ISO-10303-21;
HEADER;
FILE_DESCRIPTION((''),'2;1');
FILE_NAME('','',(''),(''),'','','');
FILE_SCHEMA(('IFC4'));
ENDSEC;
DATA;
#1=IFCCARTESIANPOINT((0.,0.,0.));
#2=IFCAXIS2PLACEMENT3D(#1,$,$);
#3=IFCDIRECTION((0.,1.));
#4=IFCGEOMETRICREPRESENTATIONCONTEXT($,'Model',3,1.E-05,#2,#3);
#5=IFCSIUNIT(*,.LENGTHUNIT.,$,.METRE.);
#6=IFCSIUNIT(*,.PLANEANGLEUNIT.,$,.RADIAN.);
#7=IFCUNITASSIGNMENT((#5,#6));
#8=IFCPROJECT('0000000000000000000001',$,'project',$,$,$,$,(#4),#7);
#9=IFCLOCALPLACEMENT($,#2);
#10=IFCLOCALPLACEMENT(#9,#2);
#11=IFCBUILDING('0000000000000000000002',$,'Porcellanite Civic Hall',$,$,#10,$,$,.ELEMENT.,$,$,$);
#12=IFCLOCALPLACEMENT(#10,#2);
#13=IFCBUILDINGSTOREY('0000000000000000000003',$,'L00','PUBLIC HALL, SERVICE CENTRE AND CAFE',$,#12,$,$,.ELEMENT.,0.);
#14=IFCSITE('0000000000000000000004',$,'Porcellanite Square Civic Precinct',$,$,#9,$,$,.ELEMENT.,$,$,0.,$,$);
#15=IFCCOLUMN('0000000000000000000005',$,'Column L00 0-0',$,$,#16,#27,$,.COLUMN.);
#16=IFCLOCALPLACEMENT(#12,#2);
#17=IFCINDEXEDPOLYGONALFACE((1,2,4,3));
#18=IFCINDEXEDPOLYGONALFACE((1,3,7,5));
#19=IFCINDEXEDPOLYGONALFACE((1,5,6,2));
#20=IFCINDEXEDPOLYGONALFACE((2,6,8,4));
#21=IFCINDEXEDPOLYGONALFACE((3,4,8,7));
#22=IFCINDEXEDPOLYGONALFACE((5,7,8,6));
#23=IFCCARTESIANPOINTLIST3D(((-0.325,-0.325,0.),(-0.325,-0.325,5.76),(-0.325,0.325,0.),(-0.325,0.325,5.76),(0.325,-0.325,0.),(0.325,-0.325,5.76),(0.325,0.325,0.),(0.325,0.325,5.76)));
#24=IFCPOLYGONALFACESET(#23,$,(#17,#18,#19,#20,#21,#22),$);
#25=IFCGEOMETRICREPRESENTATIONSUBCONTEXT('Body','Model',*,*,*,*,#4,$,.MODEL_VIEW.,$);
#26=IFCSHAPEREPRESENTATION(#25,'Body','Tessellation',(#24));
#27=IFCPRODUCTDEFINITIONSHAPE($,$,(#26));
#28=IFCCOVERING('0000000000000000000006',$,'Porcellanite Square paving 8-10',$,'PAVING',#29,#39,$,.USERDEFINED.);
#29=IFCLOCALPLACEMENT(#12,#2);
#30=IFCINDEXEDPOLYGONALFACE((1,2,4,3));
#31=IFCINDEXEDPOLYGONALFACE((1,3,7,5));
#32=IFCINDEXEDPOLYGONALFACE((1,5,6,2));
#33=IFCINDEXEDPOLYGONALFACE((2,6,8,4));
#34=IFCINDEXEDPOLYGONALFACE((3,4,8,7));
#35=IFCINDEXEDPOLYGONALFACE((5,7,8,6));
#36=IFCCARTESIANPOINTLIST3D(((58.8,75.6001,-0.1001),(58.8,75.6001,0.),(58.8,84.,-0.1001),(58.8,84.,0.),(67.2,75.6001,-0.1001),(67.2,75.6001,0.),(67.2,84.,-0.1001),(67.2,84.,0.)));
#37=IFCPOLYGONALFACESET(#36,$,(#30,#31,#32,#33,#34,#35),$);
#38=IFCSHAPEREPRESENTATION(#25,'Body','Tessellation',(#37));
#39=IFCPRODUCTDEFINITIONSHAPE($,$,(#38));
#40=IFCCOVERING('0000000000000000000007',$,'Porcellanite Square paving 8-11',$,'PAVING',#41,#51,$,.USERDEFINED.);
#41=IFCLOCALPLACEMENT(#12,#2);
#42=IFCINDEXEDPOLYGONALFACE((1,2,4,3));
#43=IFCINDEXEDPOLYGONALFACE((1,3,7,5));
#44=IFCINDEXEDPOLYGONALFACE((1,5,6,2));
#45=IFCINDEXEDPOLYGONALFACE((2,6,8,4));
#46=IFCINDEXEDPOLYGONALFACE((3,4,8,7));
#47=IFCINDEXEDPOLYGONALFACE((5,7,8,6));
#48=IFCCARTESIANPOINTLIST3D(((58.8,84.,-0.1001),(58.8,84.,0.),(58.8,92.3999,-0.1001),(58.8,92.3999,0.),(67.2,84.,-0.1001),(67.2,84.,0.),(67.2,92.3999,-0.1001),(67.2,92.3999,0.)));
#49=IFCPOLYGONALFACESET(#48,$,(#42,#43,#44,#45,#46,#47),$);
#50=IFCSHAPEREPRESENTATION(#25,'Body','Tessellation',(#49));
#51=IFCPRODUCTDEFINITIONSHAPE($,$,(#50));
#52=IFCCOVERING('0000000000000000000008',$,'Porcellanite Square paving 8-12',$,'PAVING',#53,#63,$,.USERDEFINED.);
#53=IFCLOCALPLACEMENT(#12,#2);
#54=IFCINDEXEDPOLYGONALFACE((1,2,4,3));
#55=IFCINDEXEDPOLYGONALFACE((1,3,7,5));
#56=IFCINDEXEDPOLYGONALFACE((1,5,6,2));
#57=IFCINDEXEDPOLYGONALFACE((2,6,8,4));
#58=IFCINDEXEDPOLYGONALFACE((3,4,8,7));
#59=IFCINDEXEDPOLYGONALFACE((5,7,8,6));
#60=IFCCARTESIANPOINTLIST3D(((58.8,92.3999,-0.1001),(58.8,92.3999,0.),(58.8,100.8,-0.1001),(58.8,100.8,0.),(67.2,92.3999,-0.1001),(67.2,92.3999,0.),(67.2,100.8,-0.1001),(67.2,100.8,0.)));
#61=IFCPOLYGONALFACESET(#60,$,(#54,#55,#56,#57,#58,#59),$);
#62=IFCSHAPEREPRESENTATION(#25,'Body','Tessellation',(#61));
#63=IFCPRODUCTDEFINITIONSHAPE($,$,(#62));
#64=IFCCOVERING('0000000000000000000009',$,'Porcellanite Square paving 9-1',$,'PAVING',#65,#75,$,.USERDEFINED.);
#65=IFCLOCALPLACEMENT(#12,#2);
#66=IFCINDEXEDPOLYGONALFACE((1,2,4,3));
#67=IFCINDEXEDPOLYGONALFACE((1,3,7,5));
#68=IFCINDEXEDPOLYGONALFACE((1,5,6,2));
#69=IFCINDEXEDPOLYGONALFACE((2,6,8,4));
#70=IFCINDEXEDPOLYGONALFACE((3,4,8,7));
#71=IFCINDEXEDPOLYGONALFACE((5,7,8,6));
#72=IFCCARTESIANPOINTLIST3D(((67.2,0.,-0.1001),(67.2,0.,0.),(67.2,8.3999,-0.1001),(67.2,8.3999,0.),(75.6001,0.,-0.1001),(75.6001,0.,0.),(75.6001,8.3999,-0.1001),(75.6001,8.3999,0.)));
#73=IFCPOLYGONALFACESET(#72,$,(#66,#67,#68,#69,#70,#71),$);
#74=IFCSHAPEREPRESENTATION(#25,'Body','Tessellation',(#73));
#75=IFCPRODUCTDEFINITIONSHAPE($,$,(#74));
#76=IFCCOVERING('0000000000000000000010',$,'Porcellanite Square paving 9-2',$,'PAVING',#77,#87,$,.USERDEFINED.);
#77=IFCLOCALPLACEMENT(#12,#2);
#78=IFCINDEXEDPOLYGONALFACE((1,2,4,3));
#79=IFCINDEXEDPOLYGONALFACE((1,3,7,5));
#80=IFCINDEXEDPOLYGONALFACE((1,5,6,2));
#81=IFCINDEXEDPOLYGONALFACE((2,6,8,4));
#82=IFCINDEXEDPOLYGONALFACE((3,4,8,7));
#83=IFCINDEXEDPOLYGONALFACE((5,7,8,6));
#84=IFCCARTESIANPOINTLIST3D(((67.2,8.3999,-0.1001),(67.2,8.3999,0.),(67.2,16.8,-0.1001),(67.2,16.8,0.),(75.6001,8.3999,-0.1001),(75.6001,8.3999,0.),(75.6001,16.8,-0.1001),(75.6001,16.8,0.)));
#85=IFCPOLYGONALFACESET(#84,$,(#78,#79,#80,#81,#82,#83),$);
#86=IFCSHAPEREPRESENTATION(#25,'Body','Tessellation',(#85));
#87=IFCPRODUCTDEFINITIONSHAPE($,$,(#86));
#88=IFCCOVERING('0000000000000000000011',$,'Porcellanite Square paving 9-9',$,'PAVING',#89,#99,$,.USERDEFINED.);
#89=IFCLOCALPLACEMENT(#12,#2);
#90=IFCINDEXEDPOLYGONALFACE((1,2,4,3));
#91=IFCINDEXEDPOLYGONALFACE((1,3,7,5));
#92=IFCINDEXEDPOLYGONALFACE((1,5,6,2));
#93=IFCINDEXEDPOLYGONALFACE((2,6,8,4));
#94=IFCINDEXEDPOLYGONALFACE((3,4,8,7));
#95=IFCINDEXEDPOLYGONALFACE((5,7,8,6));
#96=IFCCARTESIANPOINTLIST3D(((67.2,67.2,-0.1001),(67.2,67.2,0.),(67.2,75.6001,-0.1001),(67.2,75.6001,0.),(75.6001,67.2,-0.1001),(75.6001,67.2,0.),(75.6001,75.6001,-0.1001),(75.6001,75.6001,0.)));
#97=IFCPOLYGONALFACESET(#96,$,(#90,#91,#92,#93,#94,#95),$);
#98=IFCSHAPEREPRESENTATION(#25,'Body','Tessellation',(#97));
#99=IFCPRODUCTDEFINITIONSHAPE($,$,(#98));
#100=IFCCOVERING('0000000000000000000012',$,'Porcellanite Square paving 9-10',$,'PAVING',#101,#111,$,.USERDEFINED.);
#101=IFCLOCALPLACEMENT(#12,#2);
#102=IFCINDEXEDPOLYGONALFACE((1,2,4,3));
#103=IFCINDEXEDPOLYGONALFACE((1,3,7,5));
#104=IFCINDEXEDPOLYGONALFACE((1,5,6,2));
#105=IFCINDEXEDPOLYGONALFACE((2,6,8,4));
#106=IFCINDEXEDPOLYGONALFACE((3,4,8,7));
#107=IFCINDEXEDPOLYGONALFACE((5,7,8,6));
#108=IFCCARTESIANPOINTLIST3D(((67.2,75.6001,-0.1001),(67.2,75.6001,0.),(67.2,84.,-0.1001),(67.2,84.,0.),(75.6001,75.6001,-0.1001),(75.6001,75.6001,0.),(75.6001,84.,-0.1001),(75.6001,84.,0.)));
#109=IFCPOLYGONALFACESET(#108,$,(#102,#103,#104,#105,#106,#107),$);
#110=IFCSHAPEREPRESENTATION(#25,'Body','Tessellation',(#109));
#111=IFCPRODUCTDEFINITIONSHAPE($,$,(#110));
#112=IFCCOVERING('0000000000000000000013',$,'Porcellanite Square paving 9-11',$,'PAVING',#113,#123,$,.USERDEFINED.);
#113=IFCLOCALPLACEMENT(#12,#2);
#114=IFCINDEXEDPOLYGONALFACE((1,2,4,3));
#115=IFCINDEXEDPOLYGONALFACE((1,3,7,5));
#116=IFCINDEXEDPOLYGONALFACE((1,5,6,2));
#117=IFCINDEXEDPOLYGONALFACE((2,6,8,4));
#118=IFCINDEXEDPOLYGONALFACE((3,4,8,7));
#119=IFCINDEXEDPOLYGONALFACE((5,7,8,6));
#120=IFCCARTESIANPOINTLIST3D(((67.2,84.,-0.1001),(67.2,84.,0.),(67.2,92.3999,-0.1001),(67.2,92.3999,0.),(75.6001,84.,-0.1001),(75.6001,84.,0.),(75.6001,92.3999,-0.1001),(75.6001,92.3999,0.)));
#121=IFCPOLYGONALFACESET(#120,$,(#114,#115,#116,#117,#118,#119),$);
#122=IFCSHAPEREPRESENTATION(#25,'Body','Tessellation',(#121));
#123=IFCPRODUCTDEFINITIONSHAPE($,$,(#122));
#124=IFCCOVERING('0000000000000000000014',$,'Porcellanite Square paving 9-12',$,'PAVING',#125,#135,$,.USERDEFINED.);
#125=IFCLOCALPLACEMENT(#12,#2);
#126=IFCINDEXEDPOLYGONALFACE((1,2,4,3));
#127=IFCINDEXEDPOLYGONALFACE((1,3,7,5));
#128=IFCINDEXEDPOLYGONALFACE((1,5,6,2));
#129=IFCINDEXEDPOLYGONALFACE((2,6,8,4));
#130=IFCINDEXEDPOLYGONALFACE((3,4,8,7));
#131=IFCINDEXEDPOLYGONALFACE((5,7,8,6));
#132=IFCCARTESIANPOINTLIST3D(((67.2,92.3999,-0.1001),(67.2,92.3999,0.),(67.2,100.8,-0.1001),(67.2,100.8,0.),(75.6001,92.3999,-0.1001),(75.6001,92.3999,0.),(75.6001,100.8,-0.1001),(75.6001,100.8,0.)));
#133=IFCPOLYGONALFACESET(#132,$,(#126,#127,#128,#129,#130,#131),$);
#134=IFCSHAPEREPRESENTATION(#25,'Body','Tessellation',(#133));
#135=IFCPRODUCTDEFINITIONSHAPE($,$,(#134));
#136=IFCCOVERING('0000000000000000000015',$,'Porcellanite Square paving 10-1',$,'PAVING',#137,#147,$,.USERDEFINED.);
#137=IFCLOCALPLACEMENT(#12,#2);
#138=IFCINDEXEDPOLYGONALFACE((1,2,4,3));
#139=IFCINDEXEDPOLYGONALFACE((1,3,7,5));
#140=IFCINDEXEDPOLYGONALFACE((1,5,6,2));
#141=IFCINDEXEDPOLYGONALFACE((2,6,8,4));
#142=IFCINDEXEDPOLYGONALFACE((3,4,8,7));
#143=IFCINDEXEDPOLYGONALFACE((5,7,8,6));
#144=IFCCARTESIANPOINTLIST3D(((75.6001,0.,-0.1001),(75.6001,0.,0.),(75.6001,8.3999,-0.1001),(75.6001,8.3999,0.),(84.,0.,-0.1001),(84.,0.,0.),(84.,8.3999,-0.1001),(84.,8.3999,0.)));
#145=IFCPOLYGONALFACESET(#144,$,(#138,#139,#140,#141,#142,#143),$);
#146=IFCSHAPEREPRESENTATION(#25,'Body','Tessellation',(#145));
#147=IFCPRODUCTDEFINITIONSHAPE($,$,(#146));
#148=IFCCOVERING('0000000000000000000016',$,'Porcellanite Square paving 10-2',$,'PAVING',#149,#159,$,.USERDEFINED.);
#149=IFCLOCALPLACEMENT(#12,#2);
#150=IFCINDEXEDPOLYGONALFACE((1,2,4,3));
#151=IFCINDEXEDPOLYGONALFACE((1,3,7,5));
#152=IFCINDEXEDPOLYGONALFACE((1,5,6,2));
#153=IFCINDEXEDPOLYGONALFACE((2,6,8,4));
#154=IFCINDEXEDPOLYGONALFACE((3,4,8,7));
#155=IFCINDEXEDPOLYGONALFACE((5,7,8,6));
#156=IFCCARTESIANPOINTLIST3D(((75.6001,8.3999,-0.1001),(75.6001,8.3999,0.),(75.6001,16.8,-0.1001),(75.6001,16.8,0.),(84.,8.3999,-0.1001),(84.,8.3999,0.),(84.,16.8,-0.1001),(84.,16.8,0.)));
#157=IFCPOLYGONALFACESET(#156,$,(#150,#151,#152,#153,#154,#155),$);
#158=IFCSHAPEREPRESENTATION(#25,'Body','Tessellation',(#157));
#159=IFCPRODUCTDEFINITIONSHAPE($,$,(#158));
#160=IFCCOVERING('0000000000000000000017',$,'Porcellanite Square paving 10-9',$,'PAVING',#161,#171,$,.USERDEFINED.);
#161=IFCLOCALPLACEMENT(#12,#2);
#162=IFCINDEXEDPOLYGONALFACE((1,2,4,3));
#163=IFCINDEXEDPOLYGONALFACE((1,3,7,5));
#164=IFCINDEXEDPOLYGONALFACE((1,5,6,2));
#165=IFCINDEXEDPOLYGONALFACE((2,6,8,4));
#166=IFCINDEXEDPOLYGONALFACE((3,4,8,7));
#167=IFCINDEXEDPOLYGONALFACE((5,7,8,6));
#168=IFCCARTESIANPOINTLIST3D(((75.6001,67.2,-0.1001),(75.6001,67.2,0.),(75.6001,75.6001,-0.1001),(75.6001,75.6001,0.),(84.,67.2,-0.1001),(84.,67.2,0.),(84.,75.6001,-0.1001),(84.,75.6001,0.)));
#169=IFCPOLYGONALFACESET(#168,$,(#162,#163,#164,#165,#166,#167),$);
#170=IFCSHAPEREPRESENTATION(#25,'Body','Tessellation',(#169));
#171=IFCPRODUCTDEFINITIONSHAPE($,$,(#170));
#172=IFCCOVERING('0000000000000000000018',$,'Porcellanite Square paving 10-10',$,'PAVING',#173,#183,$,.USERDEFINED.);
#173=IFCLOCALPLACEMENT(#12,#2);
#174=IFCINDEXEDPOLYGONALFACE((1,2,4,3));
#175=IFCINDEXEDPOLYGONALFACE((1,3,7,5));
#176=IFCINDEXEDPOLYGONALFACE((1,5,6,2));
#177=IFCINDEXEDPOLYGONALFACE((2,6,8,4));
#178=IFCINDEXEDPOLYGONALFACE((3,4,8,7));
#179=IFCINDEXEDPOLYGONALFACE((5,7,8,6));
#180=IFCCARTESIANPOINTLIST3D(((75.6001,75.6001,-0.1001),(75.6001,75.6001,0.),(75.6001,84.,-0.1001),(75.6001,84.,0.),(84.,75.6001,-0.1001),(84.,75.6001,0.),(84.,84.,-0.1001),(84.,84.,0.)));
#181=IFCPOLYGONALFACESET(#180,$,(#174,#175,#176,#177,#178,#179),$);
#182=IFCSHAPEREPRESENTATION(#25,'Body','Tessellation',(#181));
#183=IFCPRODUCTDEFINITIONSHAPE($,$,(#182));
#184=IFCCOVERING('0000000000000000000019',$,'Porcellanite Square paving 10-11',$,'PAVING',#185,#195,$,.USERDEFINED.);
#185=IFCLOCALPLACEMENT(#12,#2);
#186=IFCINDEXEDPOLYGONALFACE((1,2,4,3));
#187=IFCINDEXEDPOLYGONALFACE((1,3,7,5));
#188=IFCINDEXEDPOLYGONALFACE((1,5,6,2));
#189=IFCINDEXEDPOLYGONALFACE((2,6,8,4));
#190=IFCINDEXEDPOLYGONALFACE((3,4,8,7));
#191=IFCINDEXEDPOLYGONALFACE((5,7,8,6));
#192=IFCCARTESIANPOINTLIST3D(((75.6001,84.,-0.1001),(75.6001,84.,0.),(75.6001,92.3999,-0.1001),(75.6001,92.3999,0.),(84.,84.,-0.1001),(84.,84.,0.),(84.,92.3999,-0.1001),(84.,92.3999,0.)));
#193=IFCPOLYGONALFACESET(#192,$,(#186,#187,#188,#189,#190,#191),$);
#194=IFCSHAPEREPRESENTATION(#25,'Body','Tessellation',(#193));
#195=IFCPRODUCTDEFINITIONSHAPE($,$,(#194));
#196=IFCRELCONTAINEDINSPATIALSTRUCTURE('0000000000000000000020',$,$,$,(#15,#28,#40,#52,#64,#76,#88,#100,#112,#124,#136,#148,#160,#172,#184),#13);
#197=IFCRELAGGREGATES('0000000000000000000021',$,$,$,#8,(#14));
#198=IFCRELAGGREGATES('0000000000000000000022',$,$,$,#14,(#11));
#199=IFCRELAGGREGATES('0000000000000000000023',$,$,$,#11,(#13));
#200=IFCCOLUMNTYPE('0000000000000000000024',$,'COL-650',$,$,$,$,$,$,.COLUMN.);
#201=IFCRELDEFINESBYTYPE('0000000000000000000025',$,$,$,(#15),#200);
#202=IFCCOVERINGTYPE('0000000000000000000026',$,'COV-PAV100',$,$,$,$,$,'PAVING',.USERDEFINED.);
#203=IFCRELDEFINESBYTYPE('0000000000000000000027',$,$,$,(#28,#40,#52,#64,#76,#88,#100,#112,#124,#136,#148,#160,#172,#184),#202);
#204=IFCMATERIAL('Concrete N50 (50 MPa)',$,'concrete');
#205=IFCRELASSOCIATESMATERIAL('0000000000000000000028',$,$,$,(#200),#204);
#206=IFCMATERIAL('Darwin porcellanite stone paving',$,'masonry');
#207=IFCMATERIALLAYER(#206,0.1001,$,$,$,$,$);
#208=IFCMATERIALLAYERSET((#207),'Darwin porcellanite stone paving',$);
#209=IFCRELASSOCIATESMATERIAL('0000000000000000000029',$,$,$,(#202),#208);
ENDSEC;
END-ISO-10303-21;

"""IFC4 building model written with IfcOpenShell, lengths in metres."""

from ifc_helpers import new_model, si_unit, direction, frame, origin, origin_with_axes, origin_2d, place, context, subcontext, project, spatial, polyline, rectangle, outline, extrude, material, layer, layer_set, material_profile, profile_set, type_object, element, save


model = new_model("IFC4")

# Units and contexts
model_context = context("Model", 3, precision=1e-05, world=origin(), true_north=direction((0.0, 1.0)))
body_context = subcontext(model_context, "Body", "Model", "MODEL_VIEW")
ifc_project = project(units=[si_unit("LENGTHUNIT", "METRE"), si_unit("PLANEANGLEUNIT", "RADIAN")], contexts=[model_context])

# Site, building, storey
site_placement = place(None, origin())
site = spatial("IfcSite", under=ifc_project, at=site_placement, Name="Porcellanite Square Civic Precinct", CompositionType="ELEMENT", RefElevation=0.0)
building_placement = place(site_placement, origin())
building = spatial("IfcBuilding", under=site, at=building_placement, Name="Porcellanite Civic Hall", CompositionType="ELEMENT")
storey_placement = place(building_placement, origin())
storey = spatial("IfcBuildingStorey", under=building, at=storey_placement, Name="L00", Description="PUBLIC HALL, SERVICE CENTRE AND CAFE", CompositionType="ELEMENT", Elevation=0.0)

# Column
ifc_material_1 = material(Name="Concrete N50 (50 MPa)", Category="concrete")
ifc_material_profile = material_profile(ifc_material_1, rectangle(XDim=0.6499, YDim=0.6499, at=origin_2d()), Name="RC-650x650")
ifc_profile_set = profile_set([ifc_material_profile], Name="Concrete N50 (50 MPa)")
column_type = type_object("IfcColumnType", Name="COL-650", PredefinedType="COLUMN", material=ifc_profile_set)
column_placement = place(storey_placement, origin_with_axes())
element("IfcColumn", 1, at=column_placement, inside=storey, type_object=column_type, Name="Column L00 0-0", PredefinedType="COLUMN", context=body_context, shape_type="SweptSolid", body=[
    extrude(rectangle(XDim=0.6499, YDim=0.6499, at=origin_2d()), origin(), (0.0, 0.0, 1.0), 5.76),
])

# Coverings
ifc_material_2 = material(Name="Darwin porcellanite stone paving", Category="masonry")
ifc_layer = layer(ifc_material_2, 0.1001)
ifc_layer_set = layer_set([ifc_layer], Name="Darwin porcellanite stone paving")
covering_type = type_object("IfcCoveringType", Name="COV-PAV100", ElementType="PAVING", PredefinedType="USERDEFINED", material=ifc_layer_set)
covering_1_placement = place(storey_placement, frame((0.0, 0.0, -0.1001)))
element("IfcCovering", 2, at=covering_1_placement, inside=storey, type_object=covering_type, Name="Porcellanite Square paving 8-10", ObjectType="PAVING", PredefinedType="USERDEFINED", context=body_context, shape_type="SweptSolid", body=[
    extrude(outline(polyline([(58.8, 75.6001), (67.2, 75.6001), (67.2, 84.0), (58.8, 84.0), (58.8, 75.6001)])), origin(), (0.0, 0.0, 1.0), 0.1001),
])
covering_2_placement = place(storey_placement, frame((0.0, 0.0, -0.1001)))
element("IfcCovering", 3, at=covering_2_placement, inside=storey, type_object=covering_type, Name="Porcellanite Square paving 8-11", ObjectType="PAVING", PredefinedType="USERDEFINED", context=body_context, shape_type="SweptSolid", body=[
    extrude(outline(polyline([(58.8, 84.0), (67.2, 84.0), (67.2, 92.3999), (58.8, 92.3999), (58.8, 84.0)])), origin(), (0.0, 0.0, 1.0), 0.1001),
])
covering_3_placement = place(storey_placement, frame((0.0, 0.0, -0.1001)))
element("IfcCovering", 4, at=covering_3_placement, inside=storey, type_object=covering_type, Name="Porcellanite Square paving 8-12", ObjectType="PAVING", PredefinedType="USERDEFINED", context=body_context, shape_type="SweptSolid", body=[
    extrude(outline(polyline([(58.8, 92.3999), (67.2, 92.3999), (67.2, 100.8), (58.8, 100.8), (58.8, 92.3999)])), origin(), (0.0, 0.0, 1.0), 0.1001),
])
covering_4_placement = place(storey_placement, frame((0.0, 0.0, -0.1001)))
element("IfcCovering", 5, at=covering_4_placement, inside=storey, type_object=covering_type, Name="Porcellanite Square paving 9-1", ObjectType="PAVING", PredefinedType="USERDEFINED", context=body_context, shape_type="SweptSolid", body=[
    extrude(outline(polyline([(67.2, 0.0), (75.6001, 0.0), (75.6001, 8.3999), (67.2, 8.3999), (67.2, 0.0)])), origin(), (0.0, 0.0, 1.0), 0.1001),
])
covering_5_placement = place(storey_placement, frame((0.0, 0.0, -0.1001)))
element("IfcCovering", 6, at=covering_5_placement, inside=storey, type_object=covering_type, Name="Porcellanite Square paving 9-2", ObjectType="PAVING", PredefinedType="USERDEFINED", context=body_context, shape_type="SweptSolid", body=[
    extrude(outline(polyline([(67.2, 8.3999), (75.6001, 8.3999), (75.6001, 16.8), (67.2, 16.8), (67.2, 8.3999)])), origin(), (0.0, 0.0, 1.0), 0.1001),
])
covering_6_placement = place(storey_placement, frame((0.0, 0.0, -0.1001)))
element("IfcCovering", 7, at=covering_6_placement, inside=storey, type_object=covering_type, Name="Porcellanite Square paving 9-9", ObjectType="PAVING", PredefinedType="USERDEFINED", context=body_context, shape_type="SweptSolid", body=[
    extrude(outline(polyline([(67.2, 67.2), (75.6001, 67.2), (75.6001, 75.6001), (67.2, 75.6001), (67.2, 67.2)])), origin(), (0.0, 0.0, 1.0), 0.1001),
])
covering_7_placement = place(storey_placement, frame((0.0, 0.0, -0.1001)))
element("IfcCovering", 8, at=covering_7_placement, inside=storey, type_object=covering_type, Name="Porcellanite Square paving 9-10", ObjectType="PAVING", PredefinedType="USERDEFINED", context=body_context, shape_type="SweptSolid", body=[
    extrude(outline(polyline([(67.2, 75.6001), (75.6001, 75.6001), (75.6001, 84.0), (67.2, 84.0), (67.2, 75.6001)])), origin(), (0.0, 0.0, 1.0), 0.1001),
])
covering_8_placement = place(storey_placement, frame((0.0, 0.0, -0.1001)))
element("IfcCovering", 9, at=covering_8_placement, inside=storey, type_object=covering_type, Name="Porcellanite Square paving 9-11", ObjectType="PAVING", PredefinedType="USERDEFINED", context=body_context, shape_type="SweptSolid", body=[
    extrude(outline(polyline([(67.2, 84.0), (75.6001, 84.0), (75.6001, 92.3999), (67.2, 92.3999), (67.2, 84.0)])), origin(), (0.0, 0.0, 1.0), 0.1001),
])
covering_9_placement = place(storey_placement, frame((0.0, 0.0, -0.1001)))
element("IfcCovering", 10, at=covering_9_placement, inside=storey, type_object=covering_type, Name="Porcellanite Square paving 9-12", ObjectType="PAVING", PredefinedType="USERDEFINED", context=body_context, shape_type="SweptSolid", body=[
    extrude(outline(polyline([(67.2, 92.3999), (75.6001, 92.3999), (75.6001, 100.8), (67.2, 100.8), (67.2, 92.3999)])), origin(), (0.0, 0.0, 1.0), 0.1001),
])
covering_10_placement = place(storey_placement, frame((0.0, 0.0, -0.1001)))
element("IfcCovering", 11, at=covering_10_placement, inside=storey, type_object=covering_type, Name="Porcellanite Square paving 10-1", ObjectType="PAVING", PredefinedType="USERDEFINED", context=body_context, shape_type="SweptSolid", body=[
    extrude(outline(polyline([(75.6001, 0.0), (84.0, 0.0), (84.0, 8.3999), (75.6001, 8.3999), (75.6001, 0.0)])), origin(), (0.0, 0.0, 1.0), 0.1001),
])
covering_11_placement = place(storey_placement, frame((0.0, 0.0, -0.1001)))
element("IfcCovering", 12, at=covering_11_placement, inside=storey, type_object=covering_type, Name="Porcellanite Square paving 10-2", ObjectType="PAVING", PredefinedType="USERDEFINED", context=body_context, shape_type="SweptSolid", body=[
    extrude(outline(polyline([(75.6001, 8.3999), (84.0, 8.3999), (84.0, 16.8), (75.6001, 16.8), (75.6001, 8.3999)])), origin(), (0.0, 0.0, 1.0), 0.1001),
])
covering_12_placement = place(storey_placement, frame((0.0, 0.0, -0.1001)))
element("IfcCovering", 13, at=covering_12_placement, inside=storey, type_object=covering_type, Name="Porcellanite Square paving 10-9", ObjectType="PAVING", PredefinedType="USERDEFINED", context=body_context, shape_type="SweptSolid", body=[
    extrude(outline(polyline([(75.6001, 67.2), (84.0, 67.2), (84.0, 75.6001), (75.6001, 75.6001), (75.6001, 67.2)])), origin(), (0.0, 0.0, 1.0), 0.1001),
])
covering_13_placement = place(storey_placement, frame((0.0, 0.0, -0.1001)))
element("IfcCovering", 14, at=covering_13_placement, inside=storey, type_object=covering_type, Name="Porcellanite Square paving 10-10", ObjectType="PAVING", PredefinedType="USERDEFINED", context=body_context, shape_type="SweptSolid", body=[
    extrude(outline(polyline([(75.6001, 75.6001), (84.0, 75.6001), (84.0, 84.0), (75.6001, 84.0), (75.6001, 75.6001)])), origin(), (0.0, 0.0, 1.0), 0.1001),
])
covering_14_placement = place(storey_placement, frame((0.0, 0.0, -0.1001)))
element("IfcCovering", 15, at=covering_14_placement, inside=storey, type_object=covering_type, Name="Porcellanite Square paving 10-11", ObjectType="PAVING", PredefinedType="USERDEFINED", context=body_context, shape_type="SweptSolid", body=[
    extrude(outline(polyline([(75.6001, 84.0), (84.0, 84.0), (84.0, 92.3999), (75.6001, 92.3999), (75.6001, 84.0)])), origin(), (0.0, 0.0, 1.0), 0.1001),
])

save(model, "model.ifc")
